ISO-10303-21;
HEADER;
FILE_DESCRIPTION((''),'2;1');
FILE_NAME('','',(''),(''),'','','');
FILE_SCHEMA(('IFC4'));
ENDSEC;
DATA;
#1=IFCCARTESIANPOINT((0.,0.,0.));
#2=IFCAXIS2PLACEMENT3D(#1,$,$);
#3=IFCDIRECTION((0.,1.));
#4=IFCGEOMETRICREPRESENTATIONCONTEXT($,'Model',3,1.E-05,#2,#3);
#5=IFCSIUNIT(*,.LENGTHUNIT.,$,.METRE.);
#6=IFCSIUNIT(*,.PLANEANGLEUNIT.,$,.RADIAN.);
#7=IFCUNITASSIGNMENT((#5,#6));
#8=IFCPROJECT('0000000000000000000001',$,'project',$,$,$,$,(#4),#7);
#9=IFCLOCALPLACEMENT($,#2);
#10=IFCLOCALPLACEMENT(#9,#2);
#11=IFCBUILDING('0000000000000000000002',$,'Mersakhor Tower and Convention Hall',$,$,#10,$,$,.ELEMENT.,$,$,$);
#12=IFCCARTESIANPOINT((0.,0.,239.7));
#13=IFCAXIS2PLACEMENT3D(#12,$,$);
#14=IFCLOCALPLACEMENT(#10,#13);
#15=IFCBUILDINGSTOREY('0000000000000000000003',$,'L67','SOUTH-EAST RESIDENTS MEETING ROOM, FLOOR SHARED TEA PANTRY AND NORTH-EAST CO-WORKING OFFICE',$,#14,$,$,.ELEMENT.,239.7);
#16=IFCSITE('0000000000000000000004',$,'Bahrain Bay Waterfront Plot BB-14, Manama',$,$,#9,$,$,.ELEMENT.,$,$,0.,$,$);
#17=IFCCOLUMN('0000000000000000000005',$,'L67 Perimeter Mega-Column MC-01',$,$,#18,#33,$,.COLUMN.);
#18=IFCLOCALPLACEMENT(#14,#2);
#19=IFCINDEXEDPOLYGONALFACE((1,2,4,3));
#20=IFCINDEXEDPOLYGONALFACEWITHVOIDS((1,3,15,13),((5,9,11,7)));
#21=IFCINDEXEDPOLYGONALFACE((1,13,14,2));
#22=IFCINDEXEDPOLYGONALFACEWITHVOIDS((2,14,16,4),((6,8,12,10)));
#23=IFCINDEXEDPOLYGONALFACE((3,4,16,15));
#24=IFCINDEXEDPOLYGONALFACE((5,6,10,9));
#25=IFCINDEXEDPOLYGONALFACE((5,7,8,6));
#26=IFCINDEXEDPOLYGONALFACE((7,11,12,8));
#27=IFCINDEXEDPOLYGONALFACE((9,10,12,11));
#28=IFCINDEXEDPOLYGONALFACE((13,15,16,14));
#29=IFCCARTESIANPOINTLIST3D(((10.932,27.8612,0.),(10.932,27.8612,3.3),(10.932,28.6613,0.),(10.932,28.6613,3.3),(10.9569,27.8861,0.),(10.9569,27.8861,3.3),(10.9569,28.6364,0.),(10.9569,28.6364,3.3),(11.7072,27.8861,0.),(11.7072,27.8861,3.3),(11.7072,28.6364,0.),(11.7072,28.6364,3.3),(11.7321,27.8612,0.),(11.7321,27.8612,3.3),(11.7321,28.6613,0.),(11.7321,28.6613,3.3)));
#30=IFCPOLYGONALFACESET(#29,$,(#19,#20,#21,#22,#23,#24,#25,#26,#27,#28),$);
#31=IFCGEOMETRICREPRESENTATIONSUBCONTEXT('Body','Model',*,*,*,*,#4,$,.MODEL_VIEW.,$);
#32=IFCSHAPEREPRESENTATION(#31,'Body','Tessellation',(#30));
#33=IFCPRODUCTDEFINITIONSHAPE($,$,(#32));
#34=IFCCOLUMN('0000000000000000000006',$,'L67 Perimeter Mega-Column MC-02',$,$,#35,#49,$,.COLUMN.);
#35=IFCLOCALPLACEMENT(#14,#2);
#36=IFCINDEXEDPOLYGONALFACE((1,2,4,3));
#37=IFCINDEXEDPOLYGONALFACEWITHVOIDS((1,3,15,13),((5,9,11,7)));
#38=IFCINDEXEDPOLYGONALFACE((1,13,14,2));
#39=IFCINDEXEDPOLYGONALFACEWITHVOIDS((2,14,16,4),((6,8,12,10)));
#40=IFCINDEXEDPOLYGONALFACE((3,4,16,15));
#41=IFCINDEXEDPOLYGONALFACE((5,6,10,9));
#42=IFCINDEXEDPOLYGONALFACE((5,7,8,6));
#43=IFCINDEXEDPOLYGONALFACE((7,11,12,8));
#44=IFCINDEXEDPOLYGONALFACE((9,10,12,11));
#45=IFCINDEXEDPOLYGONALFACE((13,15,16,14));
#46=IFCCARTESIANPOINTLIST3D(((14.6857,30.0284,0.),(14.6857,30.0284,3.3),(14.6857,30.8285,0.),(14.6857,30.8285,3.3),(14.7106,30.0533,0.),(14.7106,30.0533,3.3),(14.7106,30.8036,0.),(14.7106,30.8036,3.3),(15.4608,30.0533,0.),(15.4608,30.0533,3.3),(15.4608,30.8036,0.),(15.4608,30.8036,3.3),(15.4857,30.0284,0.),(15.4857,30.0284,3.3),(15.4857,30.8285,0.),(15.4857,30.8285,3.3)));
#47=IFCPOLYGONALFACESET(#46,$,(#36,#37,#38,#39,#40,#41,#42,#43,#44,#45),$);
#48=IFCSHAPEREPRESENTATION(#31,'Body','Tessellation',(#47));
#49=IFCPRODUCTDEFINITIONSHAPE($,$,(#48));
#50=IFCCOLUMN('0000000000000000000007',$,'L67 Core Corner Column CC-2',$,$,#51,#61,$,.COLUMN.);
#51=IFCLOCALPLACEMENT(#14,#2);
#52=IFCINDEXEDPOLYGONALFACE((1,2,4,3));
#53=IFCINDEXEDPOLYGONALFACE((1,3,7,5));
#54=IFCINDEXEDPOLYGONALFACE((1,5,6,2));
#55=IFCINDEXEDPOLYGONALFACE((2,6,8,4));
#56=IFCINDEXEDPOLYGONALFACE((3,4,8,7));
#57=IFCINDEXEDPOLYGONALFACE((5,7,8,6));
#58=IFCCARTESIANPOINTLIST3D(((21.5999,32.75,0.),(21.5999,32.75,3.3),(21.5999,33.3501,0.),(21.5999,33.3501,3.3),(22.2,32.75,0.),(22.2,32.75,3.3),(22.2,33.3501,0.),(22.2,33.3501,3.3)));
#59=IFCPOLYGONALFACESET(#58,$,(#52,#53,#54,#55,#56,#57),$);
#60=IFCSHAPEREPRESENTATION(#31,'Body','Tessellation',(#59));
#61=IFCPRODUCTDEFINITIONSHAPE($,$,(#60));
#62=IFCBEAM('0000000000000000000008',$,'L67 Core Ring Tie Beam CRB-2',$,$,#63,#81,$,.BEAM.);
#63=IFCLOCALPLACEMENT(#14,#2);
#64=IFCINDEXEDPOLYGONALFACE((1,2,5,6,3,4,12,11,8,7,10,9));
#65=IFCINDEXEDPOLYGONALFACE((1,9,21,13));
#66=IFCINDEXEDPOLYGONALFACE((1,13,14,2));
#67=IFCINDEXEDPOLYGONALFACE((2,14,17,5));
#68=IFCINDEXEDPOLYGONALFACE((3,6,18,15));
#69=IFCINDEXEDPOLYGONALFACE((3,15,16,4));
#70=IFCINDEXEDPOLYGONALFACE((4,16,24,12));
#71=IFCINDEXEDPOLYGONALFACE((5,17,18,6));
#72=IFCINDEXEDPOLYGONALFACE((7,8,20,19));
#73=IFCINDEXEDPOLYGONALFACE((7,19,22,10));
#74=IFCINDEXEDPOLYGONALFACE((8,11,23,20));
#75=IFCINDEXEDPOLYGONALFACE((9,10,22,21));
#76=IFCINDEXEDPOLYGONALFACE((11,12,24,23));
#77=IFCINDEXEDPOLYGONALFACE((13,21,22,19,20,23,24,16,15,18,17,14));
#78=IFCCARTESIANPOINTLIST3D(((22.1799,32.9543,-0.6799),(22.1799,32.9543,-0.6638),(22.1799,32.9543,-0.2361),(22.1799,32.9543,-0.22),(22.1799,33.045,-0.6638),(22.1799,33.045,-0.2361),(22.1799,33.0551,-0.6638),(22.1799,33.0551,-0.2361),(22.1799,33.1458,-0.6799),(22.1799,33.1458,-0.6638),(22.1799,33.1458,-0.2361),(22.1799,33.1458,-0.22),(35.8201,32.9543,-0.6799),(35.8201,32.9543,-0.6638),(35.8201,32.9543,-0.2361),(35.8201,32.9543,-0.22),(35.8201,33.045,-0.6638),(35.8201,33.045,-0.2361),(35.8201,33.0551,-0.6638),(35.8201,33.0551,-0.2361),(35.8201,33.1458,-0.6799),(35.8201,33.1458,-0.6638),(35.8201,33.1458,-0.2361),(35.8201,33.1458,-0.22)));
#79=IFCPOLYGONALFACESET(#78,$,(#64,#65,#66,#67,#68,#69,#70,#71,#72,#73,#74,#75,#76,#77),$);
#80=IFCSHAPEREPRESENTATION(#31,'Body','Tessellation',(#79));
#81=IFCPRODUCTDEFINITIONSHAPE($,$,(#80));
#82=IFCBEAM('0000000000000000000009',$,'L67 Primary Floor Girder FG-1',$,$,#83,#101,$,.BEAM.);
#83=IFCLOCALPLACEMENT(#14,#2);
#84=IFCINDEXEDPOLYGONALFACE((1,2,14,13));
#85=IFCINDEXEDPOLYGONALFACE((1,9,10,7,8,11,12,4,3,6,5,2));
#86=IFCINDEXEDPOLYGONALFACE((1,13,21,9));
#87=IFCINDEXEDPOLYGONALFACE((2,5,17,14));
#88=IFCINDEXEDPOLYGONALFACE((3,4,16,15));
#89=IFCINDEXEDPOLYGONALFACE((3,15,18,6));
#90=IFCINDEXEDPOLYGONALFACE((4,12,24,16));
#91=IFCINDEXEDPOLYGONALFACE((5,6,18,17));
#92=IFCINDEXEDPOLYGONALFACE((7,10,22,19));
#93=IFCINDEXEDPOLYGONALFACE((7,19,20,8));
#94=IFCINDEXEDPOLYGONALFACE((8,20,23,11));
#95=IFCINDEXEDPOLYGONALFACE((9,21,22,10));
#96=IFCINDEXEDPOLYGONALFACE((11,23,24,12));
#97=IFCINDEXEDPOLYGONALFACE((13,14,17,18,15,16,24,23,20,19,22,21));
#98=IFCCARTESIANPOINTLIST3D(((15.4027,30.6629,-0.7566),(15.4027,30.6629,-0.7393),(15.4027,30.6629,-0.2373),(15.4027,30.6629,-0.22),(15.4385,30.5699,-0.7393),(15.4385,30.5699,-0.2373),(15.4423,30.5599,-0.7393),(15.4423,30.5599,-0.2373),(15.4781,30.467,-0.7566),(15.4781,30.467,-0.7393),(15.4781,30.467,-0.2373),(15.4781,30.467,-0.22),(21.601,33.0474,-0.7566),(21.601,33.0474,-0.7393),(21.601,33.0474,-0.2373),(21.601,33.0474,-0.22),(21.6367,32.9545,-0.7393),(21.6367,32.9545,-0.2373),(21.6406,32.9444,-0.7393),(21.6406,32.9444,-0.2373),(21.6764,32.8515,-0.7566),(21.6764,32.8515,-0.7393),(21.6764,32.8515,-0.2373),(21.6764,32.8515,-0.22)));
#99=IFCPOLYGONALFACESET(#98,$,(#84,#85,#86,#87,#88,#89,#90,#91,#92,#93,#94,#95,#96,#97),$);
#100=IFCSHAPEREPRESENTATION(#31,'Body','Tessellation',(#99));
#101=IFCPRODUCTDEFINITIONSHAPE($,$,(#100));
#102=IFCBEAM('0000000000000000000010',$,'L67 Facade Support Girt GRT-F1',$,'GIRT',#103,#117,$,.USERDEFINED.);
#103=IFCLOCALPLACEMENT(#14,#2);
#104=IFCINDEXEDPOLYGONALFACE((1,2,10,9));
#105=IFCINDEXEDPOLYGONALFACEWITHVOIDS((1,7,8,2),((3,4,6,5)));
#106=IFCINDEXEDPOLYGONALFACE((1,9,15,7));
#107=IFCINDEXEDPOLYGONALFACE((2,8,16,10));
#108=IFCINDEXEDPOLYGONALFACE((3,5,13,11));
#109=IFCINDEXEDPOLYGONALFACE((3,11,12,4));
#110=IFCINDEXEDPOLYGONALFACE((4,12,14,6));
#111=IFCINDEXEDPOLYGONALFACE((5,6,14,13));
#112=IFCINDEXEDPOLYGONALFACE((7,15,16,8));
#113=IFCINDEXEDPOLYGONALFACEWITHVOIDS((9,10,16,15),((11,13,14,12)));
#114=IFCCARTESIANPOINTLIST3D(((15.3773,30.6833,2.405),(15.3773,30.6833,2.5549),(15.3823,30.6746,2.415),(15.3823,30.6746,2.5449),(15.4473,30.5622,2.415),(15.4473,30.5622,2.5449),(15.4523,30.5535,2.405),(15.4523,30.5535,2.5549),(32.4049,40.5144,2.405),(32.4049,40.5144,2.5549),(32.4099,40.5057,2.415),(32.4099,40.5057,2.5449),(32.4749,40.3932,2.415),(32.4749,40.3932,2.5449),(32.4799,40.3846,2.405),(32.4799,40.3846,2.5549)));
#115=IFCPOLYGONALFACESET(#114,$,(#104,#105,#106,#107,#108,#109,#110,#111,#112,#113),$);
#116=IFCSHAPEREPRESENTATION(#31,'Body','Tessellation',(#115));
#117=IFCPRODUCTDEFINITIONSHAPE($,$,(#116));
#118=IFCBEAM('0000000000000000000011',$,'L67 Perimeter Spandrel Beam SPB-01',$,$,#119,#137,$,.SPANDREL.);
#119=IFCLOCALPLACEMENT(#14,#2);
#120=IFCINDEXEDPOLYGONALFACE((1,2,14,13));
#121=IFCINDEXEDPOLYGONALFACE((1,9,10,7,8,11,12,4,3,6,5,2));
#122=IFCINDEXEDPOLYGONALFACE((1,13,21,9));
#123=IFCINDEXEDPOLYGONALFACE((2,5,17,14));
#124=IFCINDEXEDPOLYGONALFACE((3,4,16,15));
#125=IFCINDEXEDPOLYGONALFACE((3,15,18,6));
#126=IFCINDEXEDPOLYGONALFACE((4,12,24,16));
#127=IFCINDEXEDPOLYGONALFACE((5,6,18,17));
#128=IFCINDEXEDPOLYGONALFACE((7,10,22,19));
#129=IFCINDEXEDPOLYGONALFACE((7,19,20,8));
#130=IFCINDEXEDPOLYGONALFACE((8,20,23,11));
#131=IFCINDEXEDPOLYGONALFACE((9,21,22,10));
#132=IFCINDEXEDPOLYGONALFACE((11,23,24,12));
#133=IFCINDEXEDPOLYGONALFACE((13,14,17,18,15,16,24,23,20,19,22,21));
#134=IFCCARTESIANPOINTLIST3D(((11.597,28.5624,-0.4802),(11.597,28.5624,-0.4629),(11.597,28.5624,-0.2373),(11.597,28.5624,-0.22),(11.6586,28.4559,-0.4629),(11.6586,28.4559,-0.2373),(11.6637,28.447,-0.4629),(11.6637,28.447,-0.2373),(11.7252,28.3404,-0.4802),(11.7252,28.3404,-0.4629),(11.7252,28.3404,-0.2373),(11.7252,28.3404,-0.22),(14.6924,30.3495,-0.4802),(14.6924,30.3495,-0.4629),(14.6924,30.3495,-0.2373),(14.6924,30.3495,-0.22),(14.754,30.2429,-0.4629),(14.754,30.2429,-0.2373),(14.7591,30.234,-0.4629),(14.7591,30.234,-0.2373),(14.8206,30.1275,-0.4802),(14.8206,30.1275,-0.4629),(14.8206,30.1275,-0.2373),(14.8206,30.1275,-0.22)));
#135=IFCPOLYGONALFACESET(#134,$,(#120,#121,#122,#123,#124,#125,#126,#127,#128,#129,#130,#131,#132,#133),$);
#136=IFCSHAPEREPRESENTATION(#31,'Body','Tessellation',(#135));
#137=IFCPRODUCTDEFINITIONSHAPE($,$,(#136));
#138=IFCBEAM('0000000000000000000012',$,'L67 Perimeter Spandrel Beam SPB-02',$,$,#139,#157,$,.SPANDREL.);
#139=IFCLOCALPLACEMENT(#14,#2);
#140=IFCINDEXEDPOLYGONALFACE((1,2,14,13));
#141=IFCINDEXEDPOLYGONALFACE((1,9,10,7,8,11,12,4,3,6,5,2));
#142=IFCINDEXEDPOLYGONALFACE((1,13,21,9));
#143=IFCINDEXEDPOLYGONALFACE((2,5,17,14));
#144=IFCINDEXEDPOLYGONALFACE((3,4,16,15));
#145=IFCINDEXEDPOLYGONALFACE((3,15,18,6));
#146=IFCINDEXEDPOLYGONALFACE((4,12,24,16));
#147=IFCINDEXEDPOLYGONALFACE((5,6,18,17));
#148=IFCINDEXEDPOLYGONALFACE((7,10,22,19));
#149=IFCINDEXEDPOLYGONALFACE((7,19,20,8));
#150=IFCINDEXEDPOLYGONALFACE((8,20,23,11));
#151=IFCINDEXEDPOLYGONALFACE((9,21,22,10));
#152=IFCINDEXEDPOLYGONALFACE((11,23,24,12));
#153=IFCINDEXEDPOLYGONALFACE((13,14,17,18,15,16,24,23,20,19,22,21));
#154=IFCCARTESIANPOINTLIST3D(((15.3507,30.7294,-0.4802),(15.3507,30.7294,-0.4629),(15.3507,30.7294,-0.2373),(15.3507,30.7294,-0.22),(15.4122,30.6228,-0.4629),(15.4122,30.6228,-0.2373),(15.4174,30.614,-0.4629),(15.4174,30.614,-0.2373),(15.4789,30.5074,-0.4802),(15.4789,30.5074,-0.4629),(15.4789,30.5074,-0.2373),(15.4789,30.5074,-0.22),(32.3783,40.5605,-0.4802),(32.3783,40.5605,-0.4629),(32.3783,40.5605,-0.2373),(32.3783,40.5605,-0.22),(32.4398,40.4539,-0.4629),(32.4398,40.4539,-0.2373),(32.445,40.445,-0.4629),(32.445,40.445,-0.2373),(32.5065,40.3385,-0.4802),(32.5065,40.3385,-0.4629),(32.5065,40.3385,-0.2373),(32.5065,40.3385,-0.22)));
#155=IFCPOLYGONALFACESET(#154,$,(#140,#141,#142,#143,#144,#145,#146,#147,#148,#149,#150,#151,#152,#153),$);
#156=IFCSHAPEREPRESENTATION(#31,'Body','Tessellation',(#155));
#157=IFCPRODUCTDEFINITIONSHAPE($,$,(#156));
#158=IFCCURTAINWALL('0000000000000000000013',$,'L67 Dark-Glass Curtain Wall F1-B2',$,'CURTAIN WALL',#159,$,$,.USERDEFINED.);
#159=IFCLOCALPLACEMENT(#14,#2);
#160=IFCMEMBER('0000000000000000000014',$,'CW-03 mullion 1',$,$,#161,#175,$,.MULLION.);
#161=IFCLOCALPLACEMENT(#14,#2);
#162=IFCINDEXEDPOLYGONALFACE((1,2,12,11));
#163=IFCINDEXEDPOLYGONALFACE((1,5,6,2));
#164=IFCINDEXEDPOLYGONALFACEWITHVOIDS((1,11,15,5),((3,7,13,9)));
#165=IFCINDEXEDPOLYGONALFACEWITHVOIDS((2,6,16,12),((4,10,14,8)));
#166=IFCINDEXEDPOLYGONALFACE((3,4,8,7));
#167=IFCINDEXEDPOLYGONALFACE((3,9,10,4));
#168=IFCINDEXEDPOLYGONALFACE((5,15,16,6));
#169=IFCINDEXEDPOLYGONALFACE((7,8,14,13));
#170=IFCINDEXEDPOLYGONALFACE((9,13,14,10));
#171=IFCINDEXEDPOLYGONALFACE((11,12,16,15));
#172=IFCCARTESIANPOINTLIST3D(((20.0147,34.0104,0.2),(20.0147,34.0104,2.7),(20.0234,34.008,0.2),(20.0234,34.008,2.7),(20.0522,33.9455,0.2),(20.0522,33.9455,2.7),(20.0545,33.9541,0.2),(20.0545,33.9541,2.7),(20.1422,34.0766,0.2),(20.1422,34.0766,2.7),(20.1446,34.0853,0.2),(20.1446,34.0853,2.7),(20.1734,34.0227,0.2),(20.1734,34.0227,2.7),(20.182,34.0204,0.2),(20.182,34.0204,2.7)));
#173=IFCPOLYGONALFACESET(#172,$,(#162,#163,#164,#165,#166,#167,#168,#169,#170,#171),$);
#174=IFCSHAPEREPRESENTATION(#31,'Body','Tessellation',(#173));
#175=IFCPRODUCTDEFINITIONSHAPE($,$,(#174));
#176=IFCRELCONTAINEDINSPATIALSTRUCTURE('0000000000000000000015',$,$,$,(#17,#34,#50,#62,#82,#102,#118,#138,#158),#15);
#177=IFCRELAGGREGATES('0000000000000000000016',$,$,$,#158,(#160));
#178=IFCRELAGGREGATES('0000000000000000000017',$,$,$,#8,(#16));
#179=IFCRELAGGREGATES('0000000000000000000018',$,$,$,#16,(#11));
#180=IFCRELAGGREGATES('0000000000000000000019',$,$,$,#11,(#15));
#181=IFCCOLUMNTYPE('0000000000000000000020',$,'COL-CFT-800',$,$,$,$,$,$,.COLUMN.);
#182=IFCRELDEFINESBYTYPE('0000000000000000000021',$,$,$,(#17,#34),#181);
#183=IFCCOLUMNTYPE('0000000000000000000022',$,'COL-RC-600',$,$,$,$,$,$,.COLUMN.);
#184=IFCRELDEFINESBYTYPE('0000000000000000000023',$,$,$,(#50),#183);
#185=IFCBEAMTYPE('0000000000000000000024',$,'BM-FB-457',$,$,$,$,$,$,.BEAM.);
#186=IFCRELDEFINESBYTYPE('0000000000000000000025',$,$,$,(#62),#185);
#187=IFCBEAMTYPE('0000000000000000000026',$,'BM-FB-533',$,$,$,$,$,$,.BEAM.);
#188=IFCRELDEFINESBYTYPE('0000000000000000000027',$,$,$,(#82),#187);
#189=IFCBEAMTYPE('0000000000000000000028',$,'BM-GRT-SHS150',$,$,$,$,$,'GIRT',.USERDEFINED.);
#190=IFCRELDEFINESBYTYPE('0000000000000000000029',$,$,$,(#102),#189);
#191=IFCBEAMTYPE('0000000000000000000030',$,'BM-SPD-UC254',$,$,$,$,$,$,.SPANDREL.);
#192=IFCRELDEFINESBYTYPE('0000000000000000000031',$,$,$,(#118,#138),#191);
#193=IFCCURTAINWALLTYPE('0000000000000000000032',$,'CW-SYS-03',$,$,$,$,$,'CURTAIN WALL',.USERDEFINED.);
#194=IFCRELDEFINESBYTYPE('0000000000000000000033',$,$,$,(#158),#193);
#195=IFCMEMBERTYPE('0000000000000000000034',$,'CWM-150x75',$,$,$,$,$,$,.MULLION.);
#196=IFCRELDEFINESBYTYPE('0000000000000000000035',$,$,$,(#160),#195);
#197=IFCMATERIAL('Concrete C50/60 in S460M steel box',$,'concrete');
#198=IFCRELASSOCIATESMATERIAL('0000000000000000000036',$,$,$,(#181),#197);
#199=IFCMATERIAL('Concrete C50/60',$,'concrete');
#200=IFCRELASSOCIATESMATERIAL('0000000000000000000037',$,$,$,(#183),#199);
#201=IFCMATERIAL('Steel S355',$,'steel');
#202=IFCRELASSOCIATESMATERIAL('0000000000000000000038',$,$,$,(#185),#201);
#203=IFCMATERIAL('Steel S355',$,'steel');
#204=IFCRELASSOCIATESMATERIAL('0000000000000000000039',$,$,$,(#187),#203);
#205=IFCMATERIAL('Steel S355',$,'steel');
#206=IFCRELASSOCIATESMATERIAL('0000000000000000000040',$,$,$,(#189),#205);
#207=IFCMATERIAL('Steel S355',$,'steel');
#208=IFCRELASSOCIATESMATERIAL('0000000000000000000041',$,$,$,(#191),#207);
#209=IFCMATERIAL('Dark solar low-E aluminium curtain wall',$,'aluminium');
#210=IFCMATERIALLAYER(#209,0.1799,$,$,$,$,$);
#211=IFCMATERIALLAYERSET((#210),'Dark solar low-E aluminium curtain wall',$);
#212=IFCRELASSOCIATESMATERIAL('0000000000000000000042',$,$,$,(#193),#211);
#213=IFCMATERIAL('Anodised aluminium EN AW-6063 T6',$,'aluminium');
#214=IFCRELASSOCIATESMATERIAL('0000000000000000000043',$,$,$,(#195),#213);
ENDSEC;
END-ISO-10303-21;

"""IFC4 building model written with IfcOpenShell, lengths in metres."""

from ifc_helpers import new_model, si_unit, direction, frame, origin, origin_2d, place, context, subcontext, project, spatial, rectangle, hollow_rectangle, i_section, extrude, material, layer, layer_set, material_profile, profile_set, type_object, element, aggregate, save


model = new_model("IFC4")

# Units and contexts
model_context = context("Model", 3, precision=1e-05, world=origin(), true_north=direction((0.0, 1.0)))
body_context = subcontext(model_context, "Body", "Model", "MODEL_VIEW")
ifc_project = project(units=[si_unit("LENGTHUNIT", "METRE"), si_unit("PLANEANGLEUNIT", "RADIAN")], contexts=[model_context])

# Site, building, storey
site_placement = place(None, origin())
site = spatial("IfcSite", under=ifc_project, at=site_placement, Name="Bahrain Bay Waterfront Plot BB-14, Manama", CompositionType="ELEMENT", RefElevation=0.0)
building_placement = place(site_placement, origin())
building = spatial("IfcBuilding", under=site, at=building_placement, Name="Mersakhor Tower and Convention Hall", CompositionType="ELEMENT")
storey_placement = place(building_placement, frame((0.0, 0.0, 239.7)))
storey = spatial("IfcBuildingStorey", under=building, at=storey_placement, Name="L67", Description="SOUTH-EAST RESIDENTS MEETING ROOM, FLOOR SHARED TEA PANTRY AND NORTH-EAST CO-WORKING OFFICE", CompositionType="ELEMENT", Elevation=239.7)

# Columns
ifc_material_1 = material(Name="Concrete C50/60 in S460M steel box", Category="concrete")
ifc_material_profile_1 = material_profile(ifc_material_1, hollow_rectangle(XDim=0.8, YDim=0.8, WallThickness=0.0249, at=origin_2d()), Name="SHS 800x800x25")
ifc_profile_set_1 = profile_set([ifc_material_profile_1], Name="Concrete C50/60 in S460M steel box")
column_type_1 = type_object("IfcColumnType", Name="COL-CFT-800", PredefinedType="COLUMN", material=ifc_profile_set_1)
for number, where, z_axis, x_axis, name in (
    (1, (11.332, 28.2612, 0.0), (0.0, 0.0, 1.0), (1.0, 0.0, 0.0), "L67 Perimeter Mega-Column MC-01"),
    (2, (15.0857, 30.4285, 0.0), (0.0, 0.0, 1.0), (1.0, 0.0, 0.0), "L67 Perimeter Mega-Column MC-02"),
):
    element("IfcColumn", number, at=place(storey_placement, frame(where, z_axis=z_axis, x_axis=x_axis)), inside=storey, type_object=column_type_1, Name=name, PredefinedType="COLUMN", context=body_context, shape_type="SweptSolid", body=[
        extrude(hollow_rectangle(XDim=0.8, YDim=0.8, WallThickness=0.0249, at=origin_2d()), origin(), (0.0, 0.0, 1.0), 3.3),
    ])
ifc_material_2 = material(Name="Concrete C50/60", Category="concrete")
ifc_material_profile_2 = material_profile(ifc_material_2, rectangle(XDim=0.6001, YDim=0.6001, at=origin_2d()), Name="RC 600x600")
ifc_profile_set_2 = profile_set([ifc_material_profile_2], Name="Concrete C50/60")
column_type_2 = type_object("IfcColumnType", Name="COL-RC-600", PredefinedType="COLUMN", material=ifc_profile_set_2)
column_placement = place(storey_placement, frame((21.8999, 33.05, 0.0), z_axis=(0.0, 0.0, 1.0), x_axis=(1.0, 0.0, 0.0)))
element("IfcColumn", 3, at=column_placement, inside=storey, type_object=column_type_2, Name="L67 Core Corner Column CC-2", PredefinedType="COLUMN", context=body_context, shape_type="SweptSolid", body=[
    extrude(rectangle(XDim=0.6001, YDim=0.6001, at=origin_2d()), origin(), (0.0, 0.0, 1.0), 3.3),
])

# Beams
ifc_material_3 = material(Name="Steel S355", Category="steel")
ifc_material_profile_3 = material_profile(ifc_material_3, i_section(OverallWidth=0.1914, OverallDepth=0.46, WebThickness=0.01, FlangeThickness=0.0161, at=origin_2d()), Name="UB 457x191x82")
ifc_profile_set_3 = profile_set([ifc_material_profile_3], Name="Steel S355")
beam_type_1 = type_object("IfcBeamType", Name="BM-FB-457", PredefinedType="BEAM", material=ifc_profile_set_3)
beam_1_placement = place(storey_placement, frame((22.1799, 33.05, -0.45), z_axis=(1.0, 0.0, 0.0), x_axis=(0.0, 1.0, 0.0)))
element("IfcBeam", 4, at=beam_1_placement, inside=storey, type_object=beam_type_1, Name="L67 Core Ring Tie Beam CRB-2", PredefinedType="BEAM", context=body_context, shape_type="SweptSolid", body=[
    extrude(i_section(OverallWidth=0.1914, OverallDepth=0.46, WebThickness=0.01, FlangeThickness=0.0161, at=origin_2d()), origin(), (0.0, 0.0, 1.0), 13.6401),
])
ifc_material_4 = material(Name="Steel S355", Category="steel")
ifc_material_profile_4 = material_profile(ifc_material_4, i_section(OverallWidth=0.21, OverallDepth=0.5366, WebThickness=0.0107, FlangeThickness=0.0173, at=origin_2d()), Name="UB 533x210x101")
ifc_profile_set_4 = profile_set([ifc_material_profile_4], Name="Steel S355")
beam_type_2 = type_object("IfcBeamType", Name="BM-FB-533", PredefinedType="BEAM", material=ifc_profile_set_4)
beam_2_placement = place(storey_placement, frame((21.6387, 32.9495, -0.4883), z_axis=(-0.933316, -0.359055, 0.0), x_axis=(0.359055, -0.933316, 0.0)))
element("IfcBeam", 5, at=beam_2_placement, inside=storey, type_object=beam_type_2, Name="L67 Primary Floor Girder FG-1", PredefinedType="BEAM", context=body_context, shape_type="SweptSolid", body=[
    extrude(i_section(OverallWidth=0.21, OverallDepth=0.5366, WebThickness=0.0107, FlangeThickness=0.0173, at=origin_2d()), origin(), (0.0, 0.0, 1.0), 6.6411),
])
ifc_material_5 = material(Name="Steel S355", Category="steel")
ifc_material_profile_5 = material_profile(ifc_material_5, hollow_rectangle(XDim=0.1499, YDim=0.1499, WallThickness=0.01, at=origin_2d()), Name="SHS 150x150x10")
ifc_profile_set_5 = profile_set([ifc_material_profile_5], Name="Steel S355")
beam_type_3 = type_object("IfcBeamType", Name="BM-GRT-SHS150", ElementType="GIRT", PredefinedType="USERDEFINED", material=ifc_profile_set_5)
beam_3_placement = place(storey_placement, frame((15.4148, 30.6184, 2.48), z_axis=(0.866022, 0.500007, 0.0), x_axis=(-0.500007, 0.866022, 0.0)))
element("IfcBeam", 6, at=beam_3_placement, inside=storey, type_object=beam_type_3, Name="L67 Facade Support Girt GRT-F1", ObjectType="GIRT", PredefinedType="USERDEFINED", context=body_context, shape_type="SweptSolid", body=[
    extrude(hollow_rectangle(XDim=0.1499, YDim=0.1499, WallThickness=0.01, at=origin_2d()), origin(), (0.0, 0.0, 1.0), 19.6619),
])
ifc_material_6 = material(Name="Steel S355", Category="steel")
ifc_material_profile_6 = material_profile(ifc_material_6, i_section(OverallWidth=0.2563, OverallDepth=0.2603, WebThickness=0.0103, FlangeThickness=0.0173, at=origin_2d()), Name="UC 254x254x89")
ifc_profile_set_6 = profile_set([ifc_material_profile_6], Name="Steel S355")
beam_type_4 = type_object("IfcBeamType", Name="BM-SPD-UC254", PredefinedType="SPANDREL", material=ifc_profile_set_6)
beam_4_placement = place(storey_placement, frame((11.6611, 28.4514, -0.3501), z_axis=(0.866032, 0.499989, 0.0), x_axis=(-0.499989, 0.866032, 0.0)))
element("IfcBeam", 7, at=beam_4_placement, inside=storey, type_object=beam_type_4, Name="L67 Perimeter Spandrel Beam SPB-01", PredefinedType="SPANDREL", context=body_context, shape_type="SweptSolid", body=[
    extrude(i_section(OverallWidth=0.2563, OverallDepth=0.2603, WebThickness=0.0103, FlangeThickness=0.0173, at=origin_2d()), origin(), (0.0, 0.0, 1.0), 3.5742),
])
beam_5_placement = place(storey_placement, frame((15.4148, 30.6184, -0.3501), z_axis=(0.866022, 0.500007, 0.0), x_axis=(-0.500007, 0.866022, 0.0)))
element("IfcBeam", 8, at=beam_5_placement, inside=storey, type_object=beam_type_4, Name="L67 Perimeter Spandrel Beam SPB-02", PredefinedType="SPANDREL", context=body_context, shape_type="SweptSolid", body=[
    extrude(i_section(OverallWidth=0.2563, OverallDepth=0.2603, WebThickness=0.0103, FlangeThickness=0.0173, at=origin_2d()), origin(), (0.0, 0.0, 1.0), 19.6619),
])

# Curtain wall, member
ifc_material_7 = material(Name="Dark solar low-E aluminium curtain wall", Category="aluminium")
ifc_layer_1 = layer(ifc_material_7, 0.1799)
ifc_layer_set_1 = layer_set([ifc_layer_1], Name="Dark solar low-E aluminium curtain wall")
curtain_wall_type = type_object("IfcCurtainWallType", Name="CW-SYS-03", ElementType="CURTAIN WALL", PredefinedType="USERDEFINED", material=ifc_layer_set_1)
curtain_wall_placement = place(storey_placement, origin())
curtain_wall = element("IfcCurtainWall", 9, at=curtain_wall_placement, inside=storey, type_object=curtain_wall_type, Name="L67 Dark-Glass Curtain Wall F1-B2", ObjectType="CURTAIN WALL", PredefinedType="USERDEFINED")
ifc_material_8 = material(Name="Anodised aluminium EN AW-6063 T6", Category="aluminium")
ifc_material_profile_7 = material_profile(ifc_material_8, hollow_rectangle(XDim=0.075, YDim=0.1499, WallThickness=0.0063, at=origin_2d()), Name="RHS 150x75x6.3")
ifc_profile_set_7 = profile_set([ifc_material_profile_7], Name="Anodised aluminium EN AW-6063 T6")
member_type_1 = type_object("IfcMemberType", Name="CWM-150x75", PredefinedType="MULLION", material=ifc_profile_set_7)
member_1_placement = place(storey_placement, frame((20.0984, 34.0154, 0.2), z_axis=(0.0, 0.0, 1.0), x_axis=(-0.500004, 0.866023, 0.0)))
member_1 = element("IfcMember", 10, at=member_1_placement, type_object=member_type_1, Name="CW-03 mullion 1", PredefinedType="MULLION", context=body_context, shape_type="SweptSolid", body=[
    extrude(hollow_rectangle(XDim=0.075, YDim=0.1499, WallThickness=0.0063, at=origin_2d()), origin(), (0.0, 0.0, 1.0), 2.5),
])

aggregate(curtain_wall, [member_1])

save(model, "model.ifc")
